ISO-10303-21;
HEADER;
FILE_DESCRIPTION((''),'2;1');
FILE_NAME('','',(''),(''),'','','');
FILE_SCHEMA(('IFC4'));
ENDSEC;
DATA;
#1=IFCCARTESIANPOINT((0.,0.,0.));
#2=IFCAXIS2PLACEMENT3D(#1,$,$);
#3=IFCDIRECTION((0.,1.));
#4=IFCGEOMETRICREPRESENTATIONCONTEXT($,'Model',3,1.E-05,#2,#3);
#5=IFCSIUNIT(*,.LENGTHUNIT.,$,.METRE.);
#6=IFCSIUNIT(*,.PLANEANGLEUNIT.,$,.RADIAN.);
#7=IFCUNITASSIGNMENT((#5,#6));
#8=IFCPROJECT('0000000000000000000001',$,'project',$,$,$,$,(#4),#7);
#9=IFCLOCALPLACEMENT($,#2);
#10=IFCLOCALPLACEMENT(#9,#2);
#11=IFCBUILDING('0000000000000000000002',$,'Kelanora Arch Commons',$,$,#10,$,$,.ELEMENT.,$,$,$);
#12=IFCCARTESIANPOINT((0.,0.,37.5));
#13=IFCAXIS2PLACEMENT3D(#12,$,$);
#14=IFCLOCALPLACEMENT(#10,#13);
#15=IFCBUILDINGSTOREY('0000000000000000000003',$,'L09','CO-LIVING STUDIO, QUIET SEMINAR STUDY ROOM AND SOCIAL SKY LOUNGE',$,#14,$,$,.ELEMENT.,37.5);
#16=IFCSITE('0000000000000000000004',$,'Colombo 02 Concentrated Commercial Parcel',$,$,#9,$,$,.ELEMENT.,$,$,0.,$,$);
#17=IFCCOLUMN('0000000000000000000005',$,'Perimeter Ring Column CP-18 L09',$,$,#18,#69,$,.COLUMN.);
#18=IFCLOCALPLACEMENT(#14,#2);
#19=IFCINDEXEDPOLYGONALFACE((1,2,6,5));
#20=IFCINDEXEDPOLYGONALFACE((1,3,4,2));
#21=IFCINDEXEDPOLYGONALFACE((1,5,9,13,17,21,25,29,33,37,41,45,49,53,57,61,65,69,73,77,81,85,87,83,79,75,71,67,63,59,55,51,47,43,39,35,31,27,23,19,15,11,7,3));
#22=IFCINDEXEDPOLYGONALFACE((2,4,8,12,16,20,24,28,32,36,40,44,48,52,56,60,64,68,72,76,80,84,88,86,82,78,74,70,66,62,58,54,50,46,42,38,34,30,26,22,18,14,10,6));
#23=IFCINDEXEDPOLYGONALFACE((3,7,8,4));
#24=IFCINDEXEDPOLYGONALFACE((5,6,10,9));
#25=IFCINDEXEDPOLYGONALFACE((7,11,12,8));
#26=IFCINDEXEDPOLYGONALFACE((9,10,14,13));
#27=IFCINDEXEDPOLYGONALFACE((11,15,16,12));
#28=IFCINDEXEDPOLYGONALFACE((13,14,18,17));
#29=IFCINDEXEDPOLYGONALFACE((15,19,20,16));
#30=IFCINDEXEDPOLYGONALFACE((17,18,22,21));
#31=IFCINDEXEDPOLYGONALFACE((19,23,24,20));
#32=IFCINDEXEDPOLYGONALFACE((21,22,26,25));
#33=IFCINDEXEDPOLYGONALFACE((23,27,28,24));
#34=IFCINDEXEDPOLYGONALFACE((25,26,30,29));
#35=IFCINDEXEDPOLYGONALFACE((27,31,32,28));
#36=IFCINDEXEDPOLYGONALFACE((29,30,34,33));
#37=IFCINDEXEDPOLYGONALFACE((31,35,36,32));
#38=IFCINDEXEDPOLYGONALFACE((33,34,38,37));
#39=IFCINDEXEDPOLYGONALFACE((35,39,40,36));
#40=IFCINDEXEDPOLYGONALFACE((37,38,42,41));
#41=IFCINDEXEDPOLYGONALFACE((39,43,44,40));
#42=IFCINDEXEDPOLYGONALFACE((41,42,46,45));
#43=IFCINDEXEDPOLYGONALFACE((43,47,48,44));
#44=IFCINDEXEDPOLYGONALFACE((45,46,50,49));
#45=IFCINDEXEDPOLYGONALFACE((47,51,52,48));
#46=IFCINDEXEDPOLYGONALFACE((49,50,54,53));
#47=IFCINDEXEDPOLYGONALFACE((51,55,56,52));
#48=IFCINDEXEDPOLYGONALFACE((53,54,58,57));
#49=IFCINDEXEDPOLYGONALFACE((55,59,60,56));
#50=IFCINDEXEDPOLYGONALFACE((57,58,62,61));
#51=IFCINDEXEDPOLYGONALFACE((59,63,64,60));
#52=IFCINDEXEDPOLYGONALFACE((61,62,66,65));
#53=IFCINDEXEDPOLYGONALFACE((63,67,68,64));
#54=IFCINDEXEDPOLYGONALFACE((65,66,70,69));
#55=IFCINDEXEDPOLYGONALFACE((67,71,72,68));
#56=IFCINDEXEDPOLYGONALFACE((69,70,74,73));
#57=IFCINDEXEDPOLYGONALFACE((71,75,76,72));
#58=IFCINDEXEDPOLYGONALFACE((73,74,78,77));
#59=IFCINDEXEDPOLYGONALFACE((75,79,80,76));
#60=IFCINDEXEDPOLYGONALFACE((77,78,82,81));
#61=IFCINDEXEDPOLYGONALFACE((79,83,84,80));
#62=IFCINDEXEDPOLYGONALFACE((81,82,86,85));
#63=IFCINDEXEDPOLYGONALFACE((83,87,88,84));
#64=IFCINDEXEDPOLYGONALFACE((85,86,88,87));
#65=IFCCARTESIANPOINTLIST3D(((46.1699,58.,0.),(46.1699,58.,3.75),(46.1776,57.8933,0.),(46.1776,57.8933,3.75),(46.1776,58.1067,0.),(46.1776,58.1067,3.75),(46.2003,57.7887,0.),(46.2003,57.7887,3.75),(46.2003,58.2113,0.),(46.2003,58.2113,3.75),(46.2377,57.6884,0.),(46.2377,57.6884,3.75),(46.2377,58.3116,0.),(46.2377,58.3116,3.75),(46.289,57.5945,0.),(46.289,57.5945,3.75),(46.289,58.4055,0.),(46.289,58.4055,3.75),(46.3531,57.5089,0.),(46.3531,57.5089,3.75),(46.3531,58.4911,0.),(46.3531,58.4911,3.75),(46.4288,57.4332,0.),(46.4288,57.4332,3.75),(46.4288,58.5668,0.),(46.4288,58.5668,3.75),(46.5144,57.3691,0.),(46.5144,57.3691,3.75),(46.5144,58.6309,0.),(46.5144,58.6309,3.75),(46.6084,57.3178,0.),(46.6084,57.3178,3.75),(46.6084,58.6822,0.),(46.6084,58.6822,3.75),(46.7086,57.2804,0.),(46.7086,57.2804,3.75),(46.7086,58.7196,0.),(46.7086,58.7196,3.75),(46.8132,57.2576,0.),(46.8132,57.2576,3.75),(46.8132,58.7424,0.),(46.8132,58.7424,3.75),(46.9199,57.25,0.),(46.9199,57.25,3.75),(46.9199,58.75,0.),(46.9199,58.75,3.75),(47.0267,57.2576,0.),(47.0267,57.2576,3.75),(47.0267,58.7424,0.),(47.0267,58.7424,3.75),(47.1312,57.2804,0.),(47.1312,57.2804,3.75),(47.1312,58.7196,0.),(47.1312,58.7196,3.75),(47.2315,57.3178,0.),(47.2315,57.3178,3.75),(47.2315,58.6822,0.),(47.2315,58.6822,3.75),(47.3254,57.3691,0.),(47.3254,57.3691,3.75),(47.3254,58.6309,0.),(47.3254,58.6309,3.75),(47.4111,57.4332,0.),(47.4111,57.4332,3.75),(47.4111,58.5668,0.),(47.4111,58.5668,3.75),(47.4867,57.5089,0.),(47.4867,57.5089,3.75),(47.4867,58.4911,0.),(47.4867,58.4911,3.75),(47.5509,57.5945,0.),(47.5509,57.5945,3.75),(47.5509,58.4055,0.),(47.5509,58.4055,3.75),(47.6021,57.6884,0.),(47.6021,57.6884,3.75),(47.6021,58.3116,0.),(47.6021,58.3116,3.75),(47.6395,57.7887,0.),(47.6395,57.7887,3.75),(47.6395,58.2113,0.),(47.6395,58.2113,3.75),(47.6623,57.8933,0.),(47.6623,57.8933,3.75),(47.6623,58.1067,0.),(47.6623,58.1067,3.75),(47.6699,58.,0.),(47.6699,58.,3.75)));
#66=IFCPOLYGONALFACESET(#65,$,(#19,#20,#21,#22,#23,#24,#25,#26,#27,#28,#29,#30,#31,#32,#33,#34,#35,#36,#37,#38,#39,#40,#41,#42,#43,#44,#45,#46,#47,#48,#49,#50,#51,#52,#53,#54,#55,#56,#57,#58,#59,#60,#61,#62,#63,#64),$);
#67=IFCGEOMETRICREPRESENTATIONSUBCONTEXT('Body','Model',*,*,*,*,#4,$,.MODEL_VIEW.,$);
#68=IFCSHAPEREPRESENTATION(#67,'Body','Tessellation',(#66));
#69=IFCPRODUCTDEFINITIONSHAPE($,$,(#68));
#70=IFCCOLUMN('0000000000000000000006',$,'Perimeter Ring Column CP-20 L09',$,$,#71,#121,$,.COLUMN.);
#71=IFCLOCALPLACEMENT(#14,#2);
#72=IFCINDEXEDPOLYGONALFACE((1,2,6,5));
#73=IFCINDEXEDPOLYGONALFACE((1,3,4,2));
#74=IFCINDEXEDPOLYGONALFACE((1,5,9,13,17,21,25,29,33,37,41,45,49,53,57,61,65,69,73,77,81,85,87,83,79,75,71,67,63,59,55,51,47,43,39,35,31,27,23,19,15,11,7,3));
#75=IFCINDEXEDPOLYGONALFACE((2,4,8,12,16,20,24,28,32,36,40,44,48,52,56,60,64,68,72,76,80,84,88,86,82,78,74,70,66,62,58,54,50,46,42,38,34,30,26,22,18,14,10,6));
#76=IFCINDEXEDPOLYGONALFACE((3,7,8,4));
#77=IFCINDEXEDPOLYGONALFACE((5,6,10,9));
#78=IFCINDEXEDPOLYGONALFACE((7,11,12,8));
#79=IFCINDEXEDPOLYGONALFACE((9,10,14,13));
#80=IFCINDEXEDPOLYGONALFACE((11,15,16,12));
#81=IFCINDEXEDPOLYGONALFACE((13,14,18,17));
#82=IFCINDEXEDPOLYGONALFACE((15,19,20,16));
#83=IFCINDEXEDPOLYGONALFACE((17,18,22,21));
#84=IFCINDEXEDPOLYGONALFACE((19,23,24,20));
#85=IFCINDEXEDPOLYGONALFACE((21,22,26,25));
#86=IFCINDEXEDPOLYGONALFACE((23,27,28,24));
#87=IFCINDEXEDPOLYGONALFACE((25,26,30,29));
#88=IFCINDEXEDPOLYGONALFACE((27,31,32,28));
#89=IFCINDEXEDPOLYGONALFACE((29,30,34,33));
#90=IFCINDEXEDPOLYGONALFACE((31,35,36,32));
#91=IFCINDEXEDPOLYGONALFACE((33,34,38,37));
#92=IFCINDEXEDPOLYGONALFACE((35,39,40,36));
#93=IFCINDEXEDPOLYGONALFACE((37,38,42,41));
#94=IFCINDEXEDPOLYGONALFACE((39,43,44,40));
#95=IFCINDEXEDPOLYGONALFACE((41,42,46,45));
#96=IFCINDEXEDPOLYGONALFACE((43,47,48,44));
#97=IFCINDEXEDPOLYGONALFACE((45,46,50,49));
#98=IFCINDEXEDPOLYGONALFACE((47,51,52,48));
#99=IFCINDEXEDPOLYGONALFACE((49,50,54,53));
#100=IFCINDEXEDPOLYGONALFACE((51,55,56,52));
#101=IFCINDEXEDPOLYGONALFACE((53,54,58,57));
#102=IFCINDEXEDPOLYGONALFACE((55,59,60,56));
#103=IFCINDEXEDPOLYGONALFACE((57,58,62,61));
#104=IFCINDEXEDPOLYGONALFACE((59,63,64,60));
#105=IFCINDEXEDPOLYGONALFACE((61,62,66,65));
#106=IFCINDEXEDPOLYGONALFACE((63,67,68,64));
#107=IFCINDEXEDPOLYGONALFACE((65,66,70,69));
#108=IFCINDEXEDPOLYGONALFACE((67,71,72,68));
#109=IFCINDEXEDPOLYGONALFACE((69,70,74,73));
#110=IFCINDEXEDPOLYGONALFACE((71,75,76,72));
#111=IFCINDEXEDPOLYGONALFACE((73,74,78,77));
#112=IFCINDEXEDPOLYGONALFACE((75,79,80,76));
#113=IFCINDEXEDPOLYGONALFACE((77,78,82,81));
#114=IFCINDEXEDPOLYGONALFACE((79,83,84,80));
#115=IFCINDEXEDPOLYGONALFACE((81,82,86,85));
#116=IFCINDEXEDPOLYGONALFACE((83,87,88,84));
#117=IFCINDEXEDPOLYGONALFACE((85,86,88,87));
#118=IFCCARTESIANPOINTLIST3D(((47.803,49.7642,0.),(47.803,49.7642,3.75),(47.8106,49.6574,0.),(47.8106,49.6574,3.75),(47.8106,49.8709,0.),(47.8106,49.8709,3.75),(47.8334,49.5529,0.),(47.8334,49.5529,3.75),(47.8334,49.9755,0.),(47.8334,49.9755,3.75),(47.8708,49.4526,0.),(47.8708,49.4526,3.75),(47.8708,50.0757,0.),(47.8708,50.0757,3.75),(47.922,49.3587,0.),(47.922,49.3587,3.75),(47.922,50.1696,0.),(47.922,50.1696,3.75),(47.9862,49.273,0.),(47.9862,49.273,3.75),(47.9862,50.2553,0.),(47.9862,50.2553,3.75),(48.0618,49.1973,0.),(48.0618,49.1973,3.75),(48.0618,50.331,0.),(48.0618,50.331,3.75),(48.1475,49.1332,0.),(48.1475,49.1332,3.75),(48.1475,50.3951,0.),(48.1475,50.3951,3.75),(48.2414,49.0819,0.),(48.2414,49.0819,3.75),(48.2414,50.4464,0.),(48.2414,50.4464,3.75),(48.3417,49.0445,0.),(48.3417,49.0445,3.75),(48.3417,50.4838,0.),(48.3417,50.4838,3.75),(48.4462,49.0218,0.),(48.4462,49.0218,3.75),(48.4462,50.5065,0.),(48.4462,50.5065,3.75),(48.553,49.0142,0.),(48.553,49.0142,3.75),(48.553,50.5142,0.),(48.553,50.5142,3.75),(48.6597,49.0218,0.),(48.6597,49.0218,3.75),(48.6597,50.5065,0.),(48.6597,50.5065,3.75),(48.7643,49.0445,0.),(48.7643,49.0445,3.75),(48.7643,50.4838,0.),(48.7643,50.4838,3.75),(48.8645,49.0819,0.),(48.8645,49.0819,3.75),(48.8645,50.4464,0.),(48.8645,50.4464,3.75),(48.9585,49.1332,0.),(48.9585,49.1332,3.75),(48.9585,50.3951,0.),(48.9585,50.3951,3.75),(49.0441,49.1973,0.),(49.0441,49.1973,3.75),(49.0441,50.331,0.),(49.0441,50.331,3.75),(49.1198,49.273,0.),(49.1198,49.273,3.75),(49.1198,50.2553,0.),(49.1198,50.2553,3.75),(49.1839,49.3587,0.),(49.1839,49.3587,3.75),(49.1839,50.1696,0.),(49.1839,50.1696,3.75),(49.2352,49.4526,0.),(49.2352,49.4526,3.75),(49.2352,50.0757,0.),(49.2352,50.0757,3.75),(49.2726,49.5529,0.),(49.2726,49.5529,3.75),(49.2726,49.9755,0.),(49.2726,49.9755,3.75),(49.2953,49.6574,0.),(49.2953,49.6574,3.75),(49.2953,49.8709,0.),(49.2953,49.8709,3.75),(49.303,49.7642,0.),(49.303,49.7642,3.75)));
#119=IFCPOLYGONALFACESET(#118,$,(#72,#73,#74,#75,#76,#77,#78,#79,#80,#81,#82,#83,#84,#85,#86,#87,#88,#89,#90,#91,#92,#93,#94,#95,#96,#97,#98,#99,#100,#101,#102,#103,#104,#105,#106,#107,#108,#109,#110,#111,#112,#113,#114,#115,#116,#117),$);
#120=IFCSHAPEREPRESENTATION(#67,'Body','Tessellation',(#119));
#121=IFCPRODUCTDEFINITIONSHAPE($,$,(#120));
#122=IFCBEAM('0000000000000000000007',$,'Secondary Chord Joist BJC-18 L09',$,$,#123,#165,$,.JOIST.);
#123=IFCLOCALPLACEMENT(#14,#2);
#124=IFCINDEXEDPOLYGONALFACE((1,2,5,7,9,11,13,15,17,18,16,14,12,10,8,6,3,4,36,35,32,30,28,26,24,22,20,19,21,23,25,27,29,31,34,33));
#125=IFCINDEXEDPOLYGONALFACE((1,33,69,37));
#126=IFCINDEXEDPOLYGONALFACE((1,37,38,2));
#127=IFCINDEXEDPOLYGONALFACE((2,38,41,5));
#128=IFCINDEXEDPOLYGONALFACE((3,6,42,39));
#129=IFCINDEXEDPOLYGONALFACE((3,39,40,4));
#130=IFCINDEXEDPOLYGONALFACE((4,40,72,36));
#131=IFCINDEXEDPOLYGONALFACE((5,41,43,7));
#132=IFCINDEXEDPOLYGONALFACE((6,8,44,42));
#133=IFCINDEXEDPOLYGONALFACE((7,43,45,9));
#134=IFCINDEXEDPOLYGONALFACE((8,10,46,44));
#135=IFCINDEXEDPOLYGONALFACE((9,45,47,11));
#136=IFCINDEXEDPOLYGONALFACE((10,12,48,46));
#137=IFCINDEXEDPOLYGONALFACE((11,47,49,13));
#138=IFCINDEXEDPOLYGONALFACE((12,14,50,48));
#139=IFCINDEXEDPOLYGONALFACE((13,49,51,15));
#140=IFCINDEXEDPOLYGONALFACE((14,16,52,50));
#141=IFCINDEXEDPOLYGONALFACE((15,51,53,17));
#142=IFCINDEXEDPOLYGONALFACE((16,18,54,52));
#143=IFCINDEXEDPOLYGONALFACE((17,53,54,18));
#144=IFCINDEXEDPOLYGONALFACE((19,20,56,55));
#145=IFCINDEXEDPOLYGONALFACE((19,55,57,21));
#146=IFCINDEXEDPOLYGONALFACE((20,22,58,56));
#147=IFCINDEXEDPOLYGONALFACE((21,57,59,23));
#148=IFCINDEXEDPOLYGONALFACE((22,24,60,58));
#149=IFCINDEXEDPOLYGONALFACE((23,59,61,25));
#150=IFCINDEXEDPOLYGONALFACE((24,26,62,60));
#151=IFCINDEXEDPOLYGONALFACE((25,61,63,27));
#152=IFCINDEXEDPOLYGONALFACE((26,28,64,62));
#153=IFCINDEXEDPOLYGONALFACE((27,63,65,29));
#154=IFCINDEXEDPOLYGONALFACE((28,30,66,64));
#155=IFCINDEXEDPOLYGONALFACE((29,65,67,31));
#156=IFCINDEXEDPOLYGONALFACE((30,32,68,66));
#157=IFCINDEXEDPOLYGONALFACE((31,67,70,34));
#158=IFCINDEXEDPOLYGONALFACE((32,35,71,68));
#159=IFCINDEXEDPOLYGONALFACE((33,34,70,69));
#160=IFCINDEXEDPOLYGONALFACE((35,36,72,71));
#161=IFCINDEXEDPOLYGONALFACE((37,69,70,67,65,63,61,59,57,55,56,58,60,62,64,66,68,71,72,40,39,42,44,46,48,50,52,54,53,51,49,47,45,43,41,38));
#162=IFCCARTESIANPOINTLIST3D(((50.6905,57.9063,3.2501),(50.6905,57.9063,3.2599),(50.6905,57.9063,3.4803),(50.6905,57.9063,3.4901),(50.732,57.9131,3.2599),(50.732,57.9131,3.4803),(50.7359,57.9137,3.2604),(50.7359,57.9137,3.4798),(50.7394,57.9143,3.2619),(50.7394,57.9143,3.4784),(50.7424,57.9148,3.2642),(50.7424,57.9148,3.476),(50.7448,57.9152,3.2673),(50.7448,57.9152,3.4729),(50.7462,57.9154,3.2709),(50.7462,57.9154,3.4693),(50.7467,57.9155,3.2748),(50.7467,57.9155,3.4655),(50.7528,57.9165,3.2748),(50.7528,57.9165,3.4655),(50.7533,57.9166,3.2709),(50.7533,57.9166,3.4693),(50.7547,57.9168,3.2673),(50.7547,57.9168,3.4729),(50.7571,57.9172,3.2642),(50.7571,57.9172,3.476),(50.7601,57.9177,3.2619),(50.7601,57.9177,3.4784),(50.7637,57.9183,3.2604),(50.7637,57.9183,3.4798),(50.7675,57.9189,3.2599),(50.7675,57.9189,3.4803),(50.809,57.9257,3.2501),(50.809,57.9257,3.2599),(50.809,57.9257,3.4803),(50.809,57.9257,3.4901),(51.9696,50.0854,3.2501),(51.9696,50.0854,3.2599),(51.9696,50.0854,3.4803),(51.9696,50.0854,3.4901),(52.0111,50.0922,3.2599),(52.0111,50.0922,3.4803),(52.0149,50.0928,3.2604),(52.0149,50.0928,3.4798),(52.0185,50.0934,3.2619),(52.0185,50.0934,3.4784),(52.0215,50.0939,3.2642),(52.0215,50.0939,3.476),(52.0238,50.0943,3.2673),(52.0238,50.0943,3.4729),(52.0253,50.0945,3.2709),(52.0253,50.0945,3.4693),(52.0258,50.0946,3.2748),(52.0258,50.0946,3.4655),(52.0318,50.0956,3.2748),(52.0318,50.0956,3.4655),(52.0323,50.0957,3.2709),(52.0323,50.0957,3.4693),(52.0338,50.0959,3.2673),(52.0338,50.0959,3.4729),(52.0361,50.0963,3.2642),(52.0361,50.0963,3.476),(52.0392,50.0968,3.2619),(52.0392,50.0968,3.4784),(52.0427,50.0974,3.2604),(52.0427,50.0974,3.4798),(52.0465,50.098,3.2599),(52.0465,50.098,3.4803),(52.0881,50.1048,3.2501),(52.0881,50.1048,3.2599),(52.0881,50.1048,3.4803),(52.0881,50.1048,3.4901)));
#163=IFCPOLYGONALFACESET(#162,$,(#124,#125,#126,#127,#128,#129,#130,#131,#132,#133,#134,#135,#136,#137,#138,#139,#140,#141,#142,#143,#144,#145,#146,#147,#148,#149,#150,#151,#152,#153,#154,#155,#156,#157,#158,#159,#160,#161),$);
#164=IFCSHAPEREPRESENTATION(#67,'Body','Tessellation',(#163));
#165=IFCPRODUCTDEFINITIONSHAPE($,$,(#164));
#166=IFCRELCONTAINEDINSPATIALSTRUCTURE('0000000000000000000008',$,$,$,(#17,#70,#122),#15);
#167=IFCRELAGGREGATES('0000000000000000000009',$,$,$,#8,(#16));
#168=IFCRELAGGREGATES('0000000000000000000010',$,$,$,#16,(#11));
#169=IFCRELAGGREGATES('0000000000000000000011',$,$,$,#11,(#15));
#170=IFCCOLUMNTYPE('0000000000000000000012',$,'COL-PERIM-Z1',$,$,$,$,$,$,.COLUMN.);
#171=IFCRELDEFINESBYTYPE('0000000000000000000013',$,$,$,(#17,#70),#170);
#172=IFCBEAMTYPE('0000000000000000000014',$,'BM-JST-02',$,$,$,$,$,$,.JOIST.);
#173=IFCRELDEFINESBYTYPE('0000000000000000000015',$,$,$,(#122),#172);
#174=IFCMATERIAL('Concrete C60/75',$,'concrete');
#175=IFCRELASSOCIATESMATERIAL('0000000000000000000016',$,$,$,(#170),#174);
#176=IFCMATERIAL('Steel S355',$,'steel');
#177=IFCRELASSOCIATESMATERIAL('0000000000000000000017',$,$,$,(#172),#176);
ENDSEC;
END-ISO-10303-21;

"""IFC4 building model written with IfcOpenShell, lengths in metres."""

from ifc_helpers import new_model, si_unit, direction, frame, origin, origin_2d, place, context, subcontext, project, spatial, circle, i_section, extrude, material, material_profile, profile_set, type_object, element, save


model = new_model("IFC4")

# Units and contexts
model_context = context("Model", 3, precision=1e-05, world=origin(), true_north=direction((0.0, 1.0)))
body_context = subcontext(model_context, "Body", "Model", "MODEL_VIEW")
ifc_project = project(units=[si_unit("LENGTHUNIT", "METRE"), si_unit("PLANEANGLEUNIT", "RADIAN")], contexts=[model_context])

# Site, building, storey
site_placement = place(None, origin())
site = spatial("IfcSite", under=ifc_project, at=site_placement, Name="Colombo 02 Concentrated Commercial Parcel", CompositionType="ELEMENT", RefElevation=0.0)
building_placement = place(site_placement, origin())
building = spatial("IfcBuilding", under=site, at=building_placement, Name="Kelanora Arch Commons", CompositionType="ELEMENT")
storey_placement = place(building_placement, frame((0.0, 0.0, 37.5)))
storey = spatial("IfcBuildingStorey", under=building, at=storey_placement, Name="L09", Description="CO-LIVING STUDIO, QUIET SEMINAR STUDY ROOM AND SOCIAL SKY LOUNGE", CompositionType="ELEMENT", Elevation=37.5)

# Columns
ifc_material_1 = material(Name="Concrete C60/75", Category="concrete")
ifc_material_profile_1 = material_profile(ifc_material_1, circle(Radius=0.75, at=origin_2d()), Name="RCC1500")
ifc_profile_set_1 = profile_set([ifc_material_profile_1], Name="Concrete C60/75")
column_type = type_object("IfcColumnType", Name="COL-PERIM-Z1", PredefinedType="COLUMN", material=ifc_profile_set_1)
for number, where, z_axis, x_axis, name in (
    (1, (46.9199, 58.0, 0.0), (0.0, 0.0, 1.0), (1.0, 0.0, 0.0), "Perimeter Ring Column CP-18 L09"),
    (2, (48.553, 49.7642, 0.0), (0.0, 0.0, 1.0), (1.0, 0.0, 0.0), "Perimeter Ring Column CP-20 L09"),
):
    element("IfcColumn", number, at=place(storey_placement, frame(where, z_axis=z_axis, x_axis=x_axis)), inside=storey, type_object=column_type, Name=name, PredefinedType="COLUMN", context=body_context, shape_type="SweptSolid", body=[
        extrude(circle(Radius=0.75, at=origin_2d()), origin(), (0.0, 0.0, 1.0), 3.75),
    ])

# Beam
ifc_material_2 = material(Name="Steel S355", Category="steel")
ifc_material_profile_2 = material_profile(ifc_material_2, i_section(OverallWidth=0.1201, OverallDepth=0.24, WebThickness=0.0061, FlangeThickness=0.0098, FilletRadius=0.0149, at=origin_2d()), Name="IPE240")
ifc_profile_set_2 = profile_set([ifc_material_profile_2], Name="Steel S355")
beam_type_1 = type_object("IfcBeamType", Name="BM-JST-02", PredefinedType="JOIST", material=ifc_profile_set_2)
beam_1_placement = place(storey_placement, frame((50.7498, 57.916, 3.3701), z_axis=(0.161401, -0.986889, 0.0), x_axis=(0.986889, 0.161401, 0.0)))
element("IfcBeam", 3, at=beam_1_placement, inside=storey, type_object=beam_type_1, Name="Secondary Chord Joist BJC-18 L09", PredefinedType="JOIST", context=body_context, shape_type="SweptSolid", body=[
    extrude(i_section(OverallWidth=0.1201, OverallDepth=0.24, WebThickness=0.0061, FlangeThickness=0.0098, FilletRadius=0.0149, at=origin_2d()), origin(), (0.0, 0.0, 1.0), 7.9248),
])

save(model, "model.ifc")
